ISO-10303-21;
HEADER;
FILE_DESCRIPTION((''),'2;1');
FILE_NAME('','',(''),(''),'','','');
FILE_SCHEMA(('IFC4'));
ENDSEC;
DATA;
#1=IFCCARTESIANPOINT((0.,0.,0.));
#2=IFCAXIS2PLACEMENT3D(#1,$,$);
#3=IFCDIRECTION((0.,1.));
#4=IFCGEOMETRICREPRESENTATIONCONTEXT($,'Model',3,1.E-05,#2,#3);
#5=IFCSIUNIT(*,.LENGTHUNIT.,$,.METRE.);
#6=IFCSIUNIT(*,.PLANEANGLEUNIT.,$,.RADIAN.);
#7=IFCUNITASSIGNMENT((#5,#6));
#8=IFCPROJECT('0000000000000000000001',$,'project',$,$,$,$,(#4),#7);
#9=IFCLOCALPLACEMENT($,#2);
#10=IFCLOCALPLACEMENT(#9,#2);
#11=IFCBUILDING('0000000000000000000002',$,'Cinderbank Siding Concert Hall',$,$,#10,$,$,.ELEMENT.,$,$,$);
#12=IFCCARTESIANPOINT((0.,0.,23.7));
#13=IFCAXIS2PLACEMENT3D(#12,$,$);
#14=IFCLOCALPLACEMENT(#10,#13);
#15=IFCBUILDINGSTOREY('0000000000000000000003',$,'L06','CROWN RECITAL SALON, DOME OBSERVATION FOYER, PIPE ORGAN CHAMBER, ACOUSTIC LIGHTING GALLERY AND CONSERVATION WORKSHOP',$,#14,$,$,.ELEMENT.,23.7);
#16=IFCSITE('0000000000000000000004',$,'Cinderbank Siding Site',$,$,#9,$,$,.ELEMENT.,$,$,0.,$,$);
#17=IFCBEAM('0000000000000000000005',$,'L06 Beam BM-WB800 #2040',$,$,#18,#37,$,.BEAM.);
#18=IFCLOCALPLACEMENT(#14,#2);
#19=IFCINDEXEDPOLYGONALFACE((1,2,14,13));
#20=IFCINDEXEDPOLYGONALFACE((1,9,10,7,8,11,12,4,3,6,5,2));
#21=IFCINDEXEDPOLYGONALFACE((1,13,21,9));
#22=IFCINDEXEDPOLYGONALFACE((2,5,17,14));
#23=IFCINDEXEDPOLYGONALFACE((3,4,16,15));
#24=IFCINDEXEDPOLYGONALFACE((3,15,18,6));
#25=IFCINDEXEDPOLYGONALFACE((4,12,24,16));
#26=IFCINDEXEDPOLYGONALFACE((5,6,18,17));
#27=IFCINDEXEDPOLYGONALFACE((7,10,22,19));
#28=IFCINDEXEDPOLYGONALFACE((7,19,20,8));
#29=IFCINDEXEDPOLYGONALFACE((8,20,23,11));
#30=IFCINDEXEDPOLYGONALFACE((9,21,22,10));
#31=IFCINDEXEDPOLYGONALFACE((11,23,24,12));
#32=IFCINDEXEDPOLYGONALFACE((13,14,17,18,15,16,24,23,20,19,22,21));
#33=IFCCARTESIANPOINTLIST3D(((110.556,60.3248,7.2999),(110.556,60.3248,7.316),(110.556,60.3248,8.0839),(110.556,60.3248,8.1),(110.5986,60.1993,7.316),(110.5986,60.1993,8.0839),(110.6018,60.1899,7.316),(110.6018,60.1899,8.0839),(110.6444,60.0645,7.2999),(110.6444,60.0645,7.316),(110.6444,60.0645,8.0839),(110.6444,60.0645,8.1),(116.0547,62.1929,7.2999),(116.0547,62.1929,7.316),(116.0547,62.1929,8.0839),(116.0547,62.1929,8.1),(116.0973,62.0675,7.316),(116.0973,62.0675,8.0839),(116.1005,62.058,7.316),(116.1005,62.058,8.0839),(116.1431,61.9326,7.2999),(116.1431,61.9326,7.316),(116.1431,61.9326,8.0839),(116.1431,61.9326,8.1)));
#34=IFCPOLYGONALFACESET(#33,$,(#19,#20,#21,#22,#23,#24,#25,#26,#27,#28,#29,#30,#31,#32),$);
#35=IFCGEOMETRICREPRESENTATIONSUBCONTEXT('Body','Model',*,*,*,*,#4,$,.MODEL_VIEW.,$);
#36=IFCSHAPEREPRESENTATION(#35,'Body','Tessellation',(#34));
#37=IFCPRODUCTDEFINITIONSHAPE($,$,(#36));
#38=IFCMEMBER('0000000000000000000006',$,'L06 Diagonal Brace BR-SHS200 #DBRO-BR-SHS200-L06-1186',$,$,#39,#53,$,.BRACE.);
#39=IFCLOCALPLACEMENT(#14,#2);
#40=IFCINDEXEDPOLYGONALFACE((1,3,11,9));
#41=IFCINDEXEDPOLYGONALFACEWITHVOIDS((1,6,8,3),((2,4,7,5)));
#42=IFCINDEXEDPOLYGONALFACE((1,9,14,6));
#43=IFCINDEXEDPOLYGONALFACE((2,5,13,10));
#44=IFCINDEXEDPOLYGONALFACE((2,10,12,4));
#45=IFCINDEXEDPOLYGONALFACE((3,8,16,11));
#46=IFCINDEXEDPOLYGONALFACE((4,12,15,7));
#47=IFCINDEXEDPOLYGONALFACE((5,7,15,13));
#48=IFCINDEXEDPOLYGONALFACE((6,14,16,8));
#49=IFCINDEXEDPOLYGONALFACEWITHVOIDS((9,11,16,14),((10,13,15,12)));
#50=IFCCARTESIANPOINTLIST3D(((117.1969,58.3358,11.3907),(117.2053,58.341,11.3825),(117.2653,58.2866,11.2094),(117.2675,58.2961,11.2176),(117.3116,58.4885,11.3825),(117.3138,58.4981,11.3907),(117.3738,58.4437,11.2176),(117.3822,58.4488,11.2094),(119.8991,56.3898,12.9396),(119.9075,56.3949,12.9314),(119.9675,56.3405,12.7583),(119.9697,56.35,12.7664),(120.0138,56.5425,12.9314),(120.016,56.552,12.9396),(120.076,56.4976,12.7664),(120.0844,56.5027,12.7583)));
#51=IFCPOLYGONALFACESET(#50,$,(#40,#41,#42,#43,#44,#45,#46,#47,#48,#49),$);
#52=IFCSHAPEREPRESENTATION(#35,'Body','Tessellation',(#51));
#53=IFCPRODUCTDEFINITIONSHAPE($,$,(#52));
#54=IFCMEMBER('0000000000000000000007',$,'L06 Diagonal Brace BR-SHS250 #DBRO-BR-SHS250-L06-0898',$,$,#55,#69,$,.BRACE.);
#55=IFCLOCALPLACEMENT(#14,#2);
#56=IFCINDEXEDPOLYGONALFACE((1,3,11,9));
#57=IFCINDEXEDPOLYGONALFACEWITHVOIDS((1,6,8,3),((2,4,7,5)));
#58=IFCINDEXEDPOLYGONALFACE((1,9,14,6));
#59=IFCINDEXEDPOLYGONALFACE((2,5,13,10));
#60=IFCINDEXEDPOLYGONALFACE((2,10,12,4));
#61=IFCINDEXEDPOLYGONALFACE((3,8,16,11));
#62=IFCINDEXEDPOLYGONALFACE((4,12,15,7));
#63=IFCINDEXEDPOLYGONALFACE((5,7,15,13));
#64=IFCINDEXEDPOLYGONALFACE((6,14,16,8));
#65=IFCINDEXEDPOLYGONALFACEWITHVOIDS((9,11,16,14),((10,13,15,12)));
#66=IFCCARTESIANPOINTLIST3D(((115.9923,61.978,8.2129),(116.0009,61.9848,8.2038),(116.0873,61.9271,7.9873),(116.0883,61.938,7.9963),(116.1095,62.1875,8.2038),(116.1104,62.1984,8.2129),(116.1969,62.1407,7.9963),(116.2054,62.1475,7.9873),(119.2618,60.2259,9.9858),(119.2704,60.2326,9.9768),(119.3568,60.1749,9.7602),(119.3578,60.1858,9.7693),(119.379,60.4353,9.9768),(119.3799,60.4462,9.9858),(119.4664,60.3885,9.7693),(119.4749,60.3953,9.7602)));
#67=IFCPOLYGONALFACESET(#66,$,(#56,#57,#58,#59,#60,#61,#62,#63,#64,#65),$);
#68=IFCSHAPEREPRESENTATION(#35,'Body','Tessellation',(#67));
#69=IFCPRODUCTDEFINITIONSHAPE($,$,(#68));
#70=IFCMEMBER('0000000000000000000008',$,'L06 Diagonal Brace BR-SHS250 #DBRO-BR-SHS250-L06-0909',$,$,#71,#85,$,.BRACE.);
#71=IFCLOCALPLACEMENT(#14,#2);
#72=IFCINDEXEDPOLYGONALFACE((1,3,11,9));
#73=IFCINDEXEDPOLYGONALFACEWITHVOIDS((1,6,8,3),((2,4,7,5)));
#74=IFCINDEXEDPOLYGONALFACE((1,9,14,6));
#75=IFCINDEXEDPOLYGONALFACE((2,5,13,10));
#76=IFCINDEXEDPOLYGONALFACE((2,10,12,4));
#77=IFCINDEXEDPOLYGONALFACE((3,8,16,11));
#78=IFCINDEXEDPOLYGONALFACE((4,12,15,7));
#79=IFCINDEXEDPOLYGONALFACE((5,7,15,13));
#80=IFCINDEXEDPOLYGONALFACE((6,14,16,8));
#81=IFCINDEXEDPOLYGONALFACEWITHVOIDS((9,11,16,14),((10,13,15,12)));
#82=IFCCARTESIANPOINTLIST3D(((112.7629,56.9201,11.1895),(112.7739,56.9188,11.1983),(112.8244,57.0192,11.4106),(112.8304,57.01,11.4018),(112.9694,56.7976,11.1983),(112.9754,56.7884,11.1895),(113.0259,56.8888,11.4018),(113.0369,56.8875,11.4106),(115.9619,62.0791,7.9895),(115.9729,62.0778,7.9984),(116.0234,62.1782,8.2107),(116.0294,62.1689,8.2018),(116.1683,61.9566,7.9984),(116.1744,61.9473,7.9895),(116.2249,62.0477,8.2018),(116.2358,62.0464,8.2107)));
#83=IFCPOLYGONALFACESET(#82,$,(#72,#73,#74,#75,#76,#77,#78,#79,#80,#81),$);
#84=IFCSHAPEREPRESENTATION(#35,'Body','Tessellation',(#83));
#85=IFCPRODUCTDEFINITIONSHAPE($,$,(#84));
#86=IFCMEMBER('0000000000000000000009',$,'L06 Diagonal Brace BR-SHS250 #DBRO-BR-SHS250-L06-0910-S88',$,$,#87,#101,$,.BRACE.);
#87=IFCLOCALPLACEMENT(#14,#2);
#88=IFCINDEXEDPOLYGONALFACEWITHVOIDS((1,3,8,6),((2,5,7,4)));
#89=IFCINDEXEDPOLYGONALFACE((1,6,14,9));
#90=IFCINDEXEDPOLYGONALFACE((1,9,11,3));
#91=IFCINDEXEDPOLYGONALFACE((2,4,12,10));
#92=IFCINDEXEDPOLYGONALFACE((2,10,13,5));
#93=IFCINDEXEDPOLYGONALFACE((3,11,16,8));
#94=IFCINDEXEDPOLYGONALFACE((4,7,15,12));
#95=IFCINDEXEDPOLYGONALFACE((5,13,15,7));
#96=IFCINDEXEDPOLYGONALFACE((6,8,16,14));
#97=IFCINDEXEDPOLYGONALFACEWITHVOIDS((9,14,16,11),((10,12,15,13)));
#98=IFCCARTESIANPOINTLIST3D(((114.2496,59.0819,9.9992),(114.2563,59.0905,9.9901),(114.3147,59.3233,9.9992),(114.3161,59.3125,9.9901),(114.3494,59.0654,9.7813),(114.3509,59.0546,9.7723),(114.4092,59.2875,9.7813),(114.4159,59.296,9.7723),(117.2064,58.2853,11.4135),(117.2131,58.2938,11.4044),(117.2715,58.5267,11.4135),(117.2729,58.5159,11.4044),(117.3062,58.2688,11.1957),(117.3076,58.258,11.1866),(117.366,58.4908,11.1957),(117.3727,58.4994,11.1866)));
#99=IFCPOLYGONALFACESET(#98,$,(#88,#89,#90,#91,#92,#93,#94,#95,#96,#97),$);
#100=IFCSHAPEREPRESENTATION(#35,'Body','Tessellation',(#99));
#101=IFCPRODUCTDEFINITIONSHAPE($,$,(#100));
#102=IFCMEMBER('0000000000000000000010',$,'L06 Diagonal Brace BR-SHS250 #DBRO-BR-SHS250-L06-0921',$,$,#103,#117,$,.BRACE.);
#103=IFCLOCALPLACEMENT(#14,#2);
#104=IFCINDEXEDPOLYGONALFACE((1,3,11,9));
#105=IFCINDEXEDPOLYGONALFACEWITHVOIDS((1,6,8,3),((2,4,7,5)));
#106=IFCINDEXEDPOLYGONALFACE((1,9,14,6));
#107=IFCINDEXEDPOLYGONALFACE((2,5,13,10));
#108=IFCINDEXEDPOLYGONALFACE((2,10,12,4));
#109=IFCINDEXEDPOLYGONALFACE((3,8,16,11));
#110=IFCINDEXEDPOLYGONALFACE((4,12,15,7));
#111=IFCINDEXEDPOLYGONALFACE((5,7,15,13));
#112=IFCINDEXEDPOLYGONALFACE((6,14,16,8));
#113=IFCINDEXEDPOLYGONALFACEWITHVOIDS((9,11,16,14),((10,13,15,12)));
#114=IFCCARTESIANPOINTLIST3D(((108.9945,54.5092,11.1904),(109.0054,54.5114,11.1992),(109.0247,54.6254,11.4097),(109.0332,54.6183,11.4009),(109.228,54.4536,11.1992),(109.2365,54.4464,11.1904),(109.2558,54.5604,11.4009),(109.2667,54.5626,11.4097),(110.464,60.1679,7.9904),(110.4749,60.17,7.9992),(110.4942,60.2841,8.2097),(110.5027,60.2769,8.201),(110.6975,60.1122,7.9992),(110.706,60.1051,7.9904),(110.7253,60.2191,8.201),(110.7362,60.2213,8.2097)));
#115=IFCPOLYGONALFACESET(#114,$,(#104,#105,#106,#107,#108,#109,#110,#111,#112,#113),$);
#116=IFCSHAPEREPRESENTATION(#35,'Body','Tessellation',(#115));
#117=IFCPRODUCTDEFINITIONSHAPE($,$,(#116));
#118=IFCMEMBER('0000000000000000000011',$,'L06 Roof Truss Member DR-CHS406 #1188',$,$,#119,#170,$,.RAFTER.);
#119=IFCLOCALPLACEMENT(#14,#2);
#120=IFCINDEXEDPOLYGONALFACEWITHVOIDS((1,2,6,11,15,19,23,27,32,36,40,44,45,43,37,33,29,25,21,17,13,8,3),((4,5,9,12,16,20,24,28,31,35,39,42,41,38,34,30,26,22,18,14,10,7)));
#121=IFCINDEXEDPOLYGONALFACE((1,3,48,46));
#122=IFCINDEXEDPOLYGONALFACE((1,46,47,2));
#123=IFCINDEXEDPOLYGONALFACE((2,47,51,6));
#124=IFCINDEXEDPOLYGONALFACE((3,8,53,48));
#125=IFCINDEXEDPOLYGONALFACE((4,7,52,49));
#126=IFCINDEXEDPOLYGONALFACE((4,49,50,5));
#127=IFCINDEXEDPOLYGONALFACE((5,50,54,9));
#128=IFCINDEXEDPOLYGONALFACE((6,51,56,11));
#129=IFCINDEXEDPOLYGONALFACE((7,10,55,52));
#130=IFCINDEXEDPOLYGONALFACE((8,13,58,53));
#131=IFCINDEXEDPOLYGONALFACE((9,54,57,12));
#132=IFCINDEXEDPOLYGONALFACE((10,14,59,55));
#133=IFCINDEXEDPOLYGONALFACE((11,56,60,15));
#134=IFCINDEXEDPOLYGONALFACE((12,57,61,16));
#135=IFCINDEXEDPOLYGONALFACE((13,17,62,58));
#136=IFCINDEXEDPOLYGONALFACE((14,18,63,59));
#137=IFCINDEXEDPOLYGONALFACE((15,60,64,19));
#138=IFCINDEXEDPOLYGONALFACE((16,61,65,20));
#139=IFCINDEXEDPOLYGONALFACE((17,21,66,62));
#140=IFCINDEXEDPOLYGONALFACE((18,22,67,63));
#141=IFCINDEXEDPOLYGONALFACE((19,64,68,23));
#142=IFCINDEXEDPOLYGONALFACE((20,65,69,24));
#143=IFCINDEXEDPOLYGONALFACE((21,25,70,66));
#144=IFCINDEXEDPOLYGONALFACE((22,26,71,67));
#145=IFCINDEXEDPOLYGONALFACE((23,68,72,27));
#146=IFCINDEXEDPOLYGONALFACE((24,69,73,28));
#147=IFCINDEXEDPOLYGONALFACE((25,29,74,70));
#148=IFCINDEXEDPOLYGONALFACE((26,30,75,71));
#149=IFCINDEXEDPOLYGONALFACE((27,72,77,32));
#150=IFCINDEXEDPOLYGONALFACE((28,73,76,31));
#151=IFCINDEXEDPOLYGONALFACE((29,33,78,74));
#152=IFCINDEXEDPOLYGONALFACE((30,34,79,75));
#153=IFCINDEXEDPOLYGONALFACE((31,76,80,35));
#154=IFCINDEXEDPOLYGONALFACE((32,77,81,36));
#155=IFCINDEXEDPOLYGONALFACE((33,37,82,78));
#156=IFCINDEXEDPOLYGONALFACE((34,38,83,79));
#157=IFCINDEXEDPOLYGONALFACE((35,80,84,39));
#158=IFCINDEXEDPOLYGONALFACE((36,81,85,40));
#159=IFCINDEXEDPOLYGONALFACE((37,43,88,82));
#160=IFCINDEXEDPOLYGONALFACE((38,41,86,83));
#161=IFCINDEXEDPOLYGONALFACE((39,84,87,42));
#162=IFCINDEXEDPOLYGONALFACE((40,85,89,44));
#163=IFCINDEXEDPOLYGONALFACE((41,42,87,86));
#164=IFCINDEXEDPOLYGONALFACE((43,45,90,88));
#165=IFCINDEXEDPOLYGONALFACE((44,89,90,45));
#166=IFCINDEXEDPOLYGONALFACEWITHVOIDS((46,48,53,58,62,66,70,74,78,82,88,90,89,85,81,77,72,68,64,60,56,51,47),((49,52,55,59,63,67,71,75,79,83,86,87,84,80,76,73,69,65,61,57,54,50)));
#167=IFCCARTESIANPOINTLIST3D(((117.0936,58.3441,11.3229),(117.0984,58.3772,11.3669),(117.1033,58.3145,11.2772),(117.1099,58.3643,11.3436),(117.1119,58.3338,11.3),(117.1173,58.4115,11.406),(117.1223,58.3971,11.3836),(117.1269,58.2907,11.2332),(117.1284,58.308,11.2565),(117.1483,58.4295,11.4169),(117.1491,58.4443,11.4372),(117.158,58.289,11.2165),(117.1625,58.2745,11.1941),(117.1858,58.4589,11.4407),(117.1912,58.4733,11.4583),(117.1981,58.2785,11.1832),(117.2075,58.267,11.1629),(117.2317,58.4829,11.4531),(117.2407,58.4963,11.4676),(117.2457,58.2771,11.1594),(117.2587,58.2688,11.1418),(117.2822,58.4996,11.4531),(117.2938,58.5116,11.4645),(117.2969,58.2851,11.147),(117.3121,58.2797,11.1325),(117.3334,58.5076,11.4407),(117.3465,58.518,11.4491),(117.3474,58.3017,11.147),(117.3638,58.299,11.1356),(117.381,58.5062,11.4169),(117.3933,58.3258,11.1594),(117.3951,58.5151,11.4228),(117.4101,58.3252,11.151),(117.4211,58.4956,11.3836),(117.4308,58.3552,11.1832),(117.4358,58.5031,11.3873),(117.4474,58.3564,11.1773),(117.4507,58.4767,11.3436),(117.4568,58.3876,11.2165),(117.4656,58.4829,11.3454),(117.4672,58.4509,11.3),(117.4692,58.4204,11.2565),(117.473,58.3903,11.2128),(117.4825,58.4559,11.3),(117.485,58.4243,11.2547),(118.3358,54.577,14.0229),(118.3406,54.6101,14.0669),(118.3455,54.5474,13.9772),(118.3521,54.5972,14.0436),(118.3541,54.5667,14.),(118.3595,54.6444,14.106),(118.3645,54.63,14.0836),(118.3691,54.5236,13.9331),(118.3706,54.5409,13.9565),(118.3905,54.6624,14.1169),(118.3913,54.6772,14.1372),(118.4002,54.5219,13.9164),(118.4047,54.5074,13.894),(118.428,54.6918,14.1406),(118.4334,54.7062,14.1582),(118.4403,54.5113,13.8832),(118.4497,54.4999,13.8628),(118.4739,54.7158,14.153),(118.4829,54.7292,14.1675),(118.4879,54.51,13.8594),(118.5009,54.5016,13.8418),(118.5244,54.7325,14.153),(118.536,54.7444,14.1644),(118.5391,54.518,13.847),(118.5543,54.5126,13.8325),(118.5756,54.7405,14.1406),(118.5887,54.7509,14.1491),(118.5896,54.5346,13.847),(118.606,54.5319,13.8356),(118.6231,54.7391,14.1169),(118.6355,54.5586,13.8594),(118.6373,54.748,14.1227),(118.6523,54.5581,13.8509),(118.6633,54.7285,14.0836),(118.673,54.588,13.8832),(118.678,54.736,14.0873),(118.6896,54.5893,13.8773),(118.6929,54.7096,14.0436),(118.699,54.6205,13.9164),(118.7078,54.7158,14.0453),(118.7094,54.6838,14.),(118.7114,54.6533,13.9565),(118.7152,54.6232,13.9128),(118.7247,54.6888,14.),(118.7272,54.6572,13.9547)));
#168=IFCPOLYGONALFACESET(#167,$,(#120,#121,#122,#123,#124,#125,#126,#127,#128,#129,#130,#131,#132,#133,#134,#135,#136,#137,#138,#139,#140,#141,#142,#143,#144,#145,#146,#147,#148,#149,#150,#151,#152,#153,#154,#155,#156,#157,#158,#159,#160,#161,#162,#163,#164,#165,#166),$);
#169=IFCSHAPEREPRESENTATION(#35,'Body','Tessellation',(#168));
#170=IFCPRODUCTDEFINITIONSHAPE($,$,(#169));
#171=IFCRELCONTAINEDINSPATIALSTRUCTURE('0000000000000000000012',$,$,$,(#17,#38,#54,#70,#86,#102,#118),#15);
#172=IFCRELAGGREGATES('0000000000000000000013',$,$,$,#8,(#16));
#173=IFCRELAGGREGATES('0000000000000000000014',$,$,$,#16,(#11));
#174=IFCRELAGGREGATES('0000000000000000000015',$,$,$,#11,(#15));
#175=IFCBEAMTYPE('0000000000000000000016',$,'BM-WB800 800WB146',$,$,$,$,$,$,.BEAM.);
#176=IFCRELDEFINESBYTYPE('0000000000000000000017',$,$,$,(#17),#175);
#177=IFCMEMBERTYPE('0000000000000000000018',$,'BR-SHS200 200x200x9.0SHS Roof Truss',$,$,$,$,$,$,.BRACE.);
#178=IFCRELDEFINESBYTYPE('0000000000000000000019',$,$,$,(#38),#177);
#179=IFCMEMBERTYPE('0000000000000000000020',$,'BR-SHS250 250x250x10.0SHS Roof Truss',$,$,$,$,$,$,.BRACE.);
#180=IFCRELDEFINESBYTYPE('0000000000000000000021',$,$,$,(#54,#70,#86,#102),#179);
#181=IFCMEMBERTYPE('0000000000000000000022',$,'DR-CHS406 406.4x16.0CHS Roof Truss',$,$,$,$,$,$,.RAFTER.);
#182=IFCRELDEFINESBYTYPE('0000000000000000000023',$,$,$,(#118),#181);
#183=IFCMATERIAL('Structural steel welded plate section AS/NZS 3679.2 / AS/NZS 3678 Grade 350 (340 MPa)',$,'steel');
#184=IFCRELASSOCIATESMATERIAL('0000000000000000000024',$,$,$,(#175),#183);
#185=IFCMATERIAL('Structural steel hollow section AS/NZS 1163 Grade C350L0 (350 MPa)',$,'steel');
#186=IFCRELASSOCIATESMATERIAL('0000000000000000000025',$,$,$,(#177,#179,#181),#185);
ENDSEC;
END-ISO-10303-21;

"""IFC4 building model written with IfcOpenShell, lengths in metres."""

from ifc_helpers import new_model, si_unit, direction, frame, origin, origin_2d, place, context, subcontext, project, spatial, hollow_rectangle, hollow_circle, i_section, extrude, material, material_profile, profile_set, type_object, element, save


model = new_model("IFC4")

# Units and contexts
model_context = context("Model", 3, precision=1e-05, world=origin(), true_north=direction((0.0, 1.0)))
body_context = subcontext(model_context, "Body", "Model", "MODEL_VIEW")
ifc_project = project(units=[si_unit("LENGTHUNIT", "METRE"), si_unit("PLANEANGLEUNIT", "RADIAN")], contexts=[model_context])

# Site, building, storey
site_placement = place(None, origin())
site = spatial("IfcSite", under=ifc_project, at=site_placement, Name="Cinderbank Siding Site", CompositionType="ELEMENT", RefElevation=0.0)
building_placement = place(site_placement, origin())
building = spatial("IfcBuilding", under=site, at=building_placement, Name="Cinderbank Siding Concert Hall", CompositionType="ELEMENT")
storey_placement = place(building_placement, frame((0.0, 0.0, 23.7)))
storey = spatial("IfcBuildingStorey", under=building, at=storey_placement, Name="L06", Description="CROWN RECITAL SALON, DOME OBSERVATION FOYER, PIPE ORGAN CHAMBER, ACOUSTIC LIGHTING GALLERY AND CONSERVATION WORKSHOP", CompositionType="ELEMENT", Elevation=23.7)

# Beam
ifc_material_1 = material(Name="Structural steel welded plate section AS/NZS 3679.2 / AS/NZS 3678 Grade 350 (340 MPa)", Category="steel")
ifc_material_profile_1 = material_profile(ifc_material_1, i_section(OverallWidth=0.2749, OverallDepth=0.8, WebThickness=0.01, FlangeThickness=0.0161, at=origin_2d()), Name="800WB146", Category="LoadBearing")
ifc_profile_set_1 = profile_set([ifc_material_profile_1], Name="Structural steel welded plate section AS/NZS 3679.2 / AS/NZS 3678 Grade 350 (340 MPa)")
beam_type = type_object("IfcBeamType", Name="BM-WB800 800WB146", PredefinedType="BEAM", material=ifc_profile_set_1)
beam_placement = place(storey_placement, frame((116.0989, 62.0627, 7.7), z_axis=(-0.946847, -0.321683, 0.0), x_axis=(0.321683, -0.946847, 0.0)))
element("IfcBeam", 1, at=beam_placement, inside=storey, type_object=beam_type, Name="L06 Beam BM-WB800 #2040", PredefinedType="BEAM", context=body_context, shape_type="SweptSolid", body=[
    extrude(i_section(OverallWidth=0.2749, OverallDepth=0.8, WebThickness=0.01, FlangeThickness=0.0161, at=origin_2d()), origin(), (0.0, 0.0, 1.0), 5.8074),
])

# Members
ifc_material_2 = material(Name="Structural steel hollow section AS/NZS 1163 Grade C350L0 (350 MPa)", Category="steel")
ifc_material_profile_2 = material_profile(ifc_material_2, hollow_rectangle(XDim=0.2, YDim=0.2, WallThickness=0.009, at=origin_2d()), Name="200x200x9.0SHS", Category="LoadBearing")
ifc_profile_set_2 = profile_set([ifc_material_profile_2], Name="Structural steel hollow section AS/NZS 1163 Grade C350L0 (350 MPa)")
member_type_1 = type_object("IfcMemberType", Name="BR-SHS200 200x200x9.0SHS Roof Truss", PredefinedType="BRACE", material=ifc_profile_set_2)
member_1_placement = place(storey_placement, frame((117.2896, 58.3923, 11.3), z_axis=(0.735771, -0.52989, 0.421732), x_axis=(0.584403, 0.811463, 0.0)))
element("IfcMember", 2, at=member_1_placement, inside=storey, type_object=member_type_1, Name="L06 Diagonal Brace BR-SHS200 #DBRO-BR-SHS200-L06-1186", PredefinedType="BRACE", context=body_context, shape_type="SweptSolid", body=[
    extrude(hollow_rectangle(XDim=0.2, YDim=0.2, WallThickness=0.009, at=origin_2d()), origin(), (0.0, 0.0, 1.0), 3.6726),
])
ifc_material_profile_3 = material_profile(ifc_material_2, hollow_rectangle(XDim=0.25, YDim=0.25, WallThickness=0.01, at=origin_2d()), Name="250x250x10.0SHS", Category="LoadBearing")
ifc_profile_set_3 = profile_set([ifc_material_profile_3], Name="Structural steel hollow section AS/NZS 1163 Grade C350L0 (350 MPa)")
member_type_2 = type_object("IfcMemberType", Name="BR-SHS250 250x250x10.0SHS Roof Truss", PredefinedType="BRACE", material=ifc_profile_set_3)
member_2_placement = place(storey_placement, frame((116.0989, 62.0627, 8.1001), z_axis=(0.795241, -0.426183, 0.431231), x_axis=(0.47236, 0.881406, 0.0)))
element("IfcMember", 3, at=member_2_placement, inside=storey, type_object=member_type_2, Name="L06 Diagonal Brace BR-SHS250 #DBRO-BR-SHS250-L06-0898", PredefinedType="BRACE", context=body_context, shape_type="SweptSolid", body=[
    extrude(hollow_rectangle(XDim=0.25, YDim=0.25, WallThickness=0.01, at=origin_2d()), origin(), (0.0, 0.0, 1.0), 4.1113),
])
member_3_placement = place(storey_placement, frame((116.0989, 62.0627, 8.1001), z_axis=(-0.466183, -0.751807, 0.466326), x_axis=(0.849871, -0.526991, 0.0)))
element("IfcMember", 4, at=member_3_placement, inside=storey, type_object=member_type_2, Name="L06 Diagonal Brace BR-SHS250 #DBRO-BR-SHS250-L06-0909", PredefinedType="BRACE", context=body_context, shape_type="SweptSolid", body=[
    extrude(hollow_rectangle(XDim=0.25, YDim=0.25, WallThickness=0.01, at=origin_2d()), origin(), (0.0, 0.0, 1.0), 6.8621),
])
member_4_placement = place(storey_placement, frame((114.3328, 59.189, 9.8857), z_axis=(0.876591, -0.236175, 0.419296), x_axis=(0.260148, 0.965569, 0.0)))
element("IfcMember", 5, at=member_4_placement, inside=storey, type_object=member_type_2, Name="L06 Diagonal Brace BR-SHS250 #DBRO-BR-SHS250-L06-0910-S88", PredefinedType="BRACE", context=body_context, shape_type="SweptSolid", body=[
    extrude(hollow_rectangle(XDim=0.25, YDim=0.25, WallThickness=0.01, at=origin_2d()), origin(), (0.0, 0.0, 1.0), 3.373),
])
member_5_placement = place(storey_placement, frame((110.6001, 60.1946, 8.1001), z_axis=(-0.220483, -0.849039, 0.480126), x_axis=(0.967897, -0.251349, 0.0)))
element("IfcMember", 6, at=member_5_placement, inside=storey, type_object=member_type_2, Name="L06 Diagonal Brace BR-SHS250 #DBRO-BR-SHS250-L06-0921", PredefinedType="BRACE", context=body_context, shape_type="SweptSolid", body=[
    extrude(hollow_rectangle(XDim=0.25, YDim=0.25, WallThickness=0.01, at=origin_2d()), origin(), (0.0, 0.0, 1.0), 6.6648),
])
ifc_material_profile_4 = material_profile(ifc_material_2, hollow_circle(Radius=0.2031, WallThickness=0.0161, at=origin_2d()), Name="406.4x16.0CHS", Category="LoadBearing")
ifc_profile_set_4 = profile_set([ifc_material_profile_4], Name="Structural steel hollow section AS/NZS 1163 Grade C350L0 (350 MPa)")
member_type_3 = type_object("IfcMemberType", Name="DR-CHS406 406.4x16.0CHS Roof Truss", PredefinedType="RAFTER", material=ifc_profile_set_4)
member_6_placement = place(storey_placement, frame((117.2896, 58.3923, 11.3), z_axis=(0.25888, -0.785088, 0.562689), x_axis=(0.9497, 0.313161, 0.0)))
element("IfcMember", 7, at=member_6_placement, inside=storey, type_object=member_type_3, Name="L06 Roof Truss Member DR-CHS406 #1188", PredefinedType="RAFTER", context=body_context, shape_type="SweptSolid", body=[
    extrude(hollow_circle(Radius=0.2031, WallThickness=0.0161, at=origin_2d()), origin(), (0.0, 0.0, 1.0), 4.7983),
])

save(model, "model.ifc")
